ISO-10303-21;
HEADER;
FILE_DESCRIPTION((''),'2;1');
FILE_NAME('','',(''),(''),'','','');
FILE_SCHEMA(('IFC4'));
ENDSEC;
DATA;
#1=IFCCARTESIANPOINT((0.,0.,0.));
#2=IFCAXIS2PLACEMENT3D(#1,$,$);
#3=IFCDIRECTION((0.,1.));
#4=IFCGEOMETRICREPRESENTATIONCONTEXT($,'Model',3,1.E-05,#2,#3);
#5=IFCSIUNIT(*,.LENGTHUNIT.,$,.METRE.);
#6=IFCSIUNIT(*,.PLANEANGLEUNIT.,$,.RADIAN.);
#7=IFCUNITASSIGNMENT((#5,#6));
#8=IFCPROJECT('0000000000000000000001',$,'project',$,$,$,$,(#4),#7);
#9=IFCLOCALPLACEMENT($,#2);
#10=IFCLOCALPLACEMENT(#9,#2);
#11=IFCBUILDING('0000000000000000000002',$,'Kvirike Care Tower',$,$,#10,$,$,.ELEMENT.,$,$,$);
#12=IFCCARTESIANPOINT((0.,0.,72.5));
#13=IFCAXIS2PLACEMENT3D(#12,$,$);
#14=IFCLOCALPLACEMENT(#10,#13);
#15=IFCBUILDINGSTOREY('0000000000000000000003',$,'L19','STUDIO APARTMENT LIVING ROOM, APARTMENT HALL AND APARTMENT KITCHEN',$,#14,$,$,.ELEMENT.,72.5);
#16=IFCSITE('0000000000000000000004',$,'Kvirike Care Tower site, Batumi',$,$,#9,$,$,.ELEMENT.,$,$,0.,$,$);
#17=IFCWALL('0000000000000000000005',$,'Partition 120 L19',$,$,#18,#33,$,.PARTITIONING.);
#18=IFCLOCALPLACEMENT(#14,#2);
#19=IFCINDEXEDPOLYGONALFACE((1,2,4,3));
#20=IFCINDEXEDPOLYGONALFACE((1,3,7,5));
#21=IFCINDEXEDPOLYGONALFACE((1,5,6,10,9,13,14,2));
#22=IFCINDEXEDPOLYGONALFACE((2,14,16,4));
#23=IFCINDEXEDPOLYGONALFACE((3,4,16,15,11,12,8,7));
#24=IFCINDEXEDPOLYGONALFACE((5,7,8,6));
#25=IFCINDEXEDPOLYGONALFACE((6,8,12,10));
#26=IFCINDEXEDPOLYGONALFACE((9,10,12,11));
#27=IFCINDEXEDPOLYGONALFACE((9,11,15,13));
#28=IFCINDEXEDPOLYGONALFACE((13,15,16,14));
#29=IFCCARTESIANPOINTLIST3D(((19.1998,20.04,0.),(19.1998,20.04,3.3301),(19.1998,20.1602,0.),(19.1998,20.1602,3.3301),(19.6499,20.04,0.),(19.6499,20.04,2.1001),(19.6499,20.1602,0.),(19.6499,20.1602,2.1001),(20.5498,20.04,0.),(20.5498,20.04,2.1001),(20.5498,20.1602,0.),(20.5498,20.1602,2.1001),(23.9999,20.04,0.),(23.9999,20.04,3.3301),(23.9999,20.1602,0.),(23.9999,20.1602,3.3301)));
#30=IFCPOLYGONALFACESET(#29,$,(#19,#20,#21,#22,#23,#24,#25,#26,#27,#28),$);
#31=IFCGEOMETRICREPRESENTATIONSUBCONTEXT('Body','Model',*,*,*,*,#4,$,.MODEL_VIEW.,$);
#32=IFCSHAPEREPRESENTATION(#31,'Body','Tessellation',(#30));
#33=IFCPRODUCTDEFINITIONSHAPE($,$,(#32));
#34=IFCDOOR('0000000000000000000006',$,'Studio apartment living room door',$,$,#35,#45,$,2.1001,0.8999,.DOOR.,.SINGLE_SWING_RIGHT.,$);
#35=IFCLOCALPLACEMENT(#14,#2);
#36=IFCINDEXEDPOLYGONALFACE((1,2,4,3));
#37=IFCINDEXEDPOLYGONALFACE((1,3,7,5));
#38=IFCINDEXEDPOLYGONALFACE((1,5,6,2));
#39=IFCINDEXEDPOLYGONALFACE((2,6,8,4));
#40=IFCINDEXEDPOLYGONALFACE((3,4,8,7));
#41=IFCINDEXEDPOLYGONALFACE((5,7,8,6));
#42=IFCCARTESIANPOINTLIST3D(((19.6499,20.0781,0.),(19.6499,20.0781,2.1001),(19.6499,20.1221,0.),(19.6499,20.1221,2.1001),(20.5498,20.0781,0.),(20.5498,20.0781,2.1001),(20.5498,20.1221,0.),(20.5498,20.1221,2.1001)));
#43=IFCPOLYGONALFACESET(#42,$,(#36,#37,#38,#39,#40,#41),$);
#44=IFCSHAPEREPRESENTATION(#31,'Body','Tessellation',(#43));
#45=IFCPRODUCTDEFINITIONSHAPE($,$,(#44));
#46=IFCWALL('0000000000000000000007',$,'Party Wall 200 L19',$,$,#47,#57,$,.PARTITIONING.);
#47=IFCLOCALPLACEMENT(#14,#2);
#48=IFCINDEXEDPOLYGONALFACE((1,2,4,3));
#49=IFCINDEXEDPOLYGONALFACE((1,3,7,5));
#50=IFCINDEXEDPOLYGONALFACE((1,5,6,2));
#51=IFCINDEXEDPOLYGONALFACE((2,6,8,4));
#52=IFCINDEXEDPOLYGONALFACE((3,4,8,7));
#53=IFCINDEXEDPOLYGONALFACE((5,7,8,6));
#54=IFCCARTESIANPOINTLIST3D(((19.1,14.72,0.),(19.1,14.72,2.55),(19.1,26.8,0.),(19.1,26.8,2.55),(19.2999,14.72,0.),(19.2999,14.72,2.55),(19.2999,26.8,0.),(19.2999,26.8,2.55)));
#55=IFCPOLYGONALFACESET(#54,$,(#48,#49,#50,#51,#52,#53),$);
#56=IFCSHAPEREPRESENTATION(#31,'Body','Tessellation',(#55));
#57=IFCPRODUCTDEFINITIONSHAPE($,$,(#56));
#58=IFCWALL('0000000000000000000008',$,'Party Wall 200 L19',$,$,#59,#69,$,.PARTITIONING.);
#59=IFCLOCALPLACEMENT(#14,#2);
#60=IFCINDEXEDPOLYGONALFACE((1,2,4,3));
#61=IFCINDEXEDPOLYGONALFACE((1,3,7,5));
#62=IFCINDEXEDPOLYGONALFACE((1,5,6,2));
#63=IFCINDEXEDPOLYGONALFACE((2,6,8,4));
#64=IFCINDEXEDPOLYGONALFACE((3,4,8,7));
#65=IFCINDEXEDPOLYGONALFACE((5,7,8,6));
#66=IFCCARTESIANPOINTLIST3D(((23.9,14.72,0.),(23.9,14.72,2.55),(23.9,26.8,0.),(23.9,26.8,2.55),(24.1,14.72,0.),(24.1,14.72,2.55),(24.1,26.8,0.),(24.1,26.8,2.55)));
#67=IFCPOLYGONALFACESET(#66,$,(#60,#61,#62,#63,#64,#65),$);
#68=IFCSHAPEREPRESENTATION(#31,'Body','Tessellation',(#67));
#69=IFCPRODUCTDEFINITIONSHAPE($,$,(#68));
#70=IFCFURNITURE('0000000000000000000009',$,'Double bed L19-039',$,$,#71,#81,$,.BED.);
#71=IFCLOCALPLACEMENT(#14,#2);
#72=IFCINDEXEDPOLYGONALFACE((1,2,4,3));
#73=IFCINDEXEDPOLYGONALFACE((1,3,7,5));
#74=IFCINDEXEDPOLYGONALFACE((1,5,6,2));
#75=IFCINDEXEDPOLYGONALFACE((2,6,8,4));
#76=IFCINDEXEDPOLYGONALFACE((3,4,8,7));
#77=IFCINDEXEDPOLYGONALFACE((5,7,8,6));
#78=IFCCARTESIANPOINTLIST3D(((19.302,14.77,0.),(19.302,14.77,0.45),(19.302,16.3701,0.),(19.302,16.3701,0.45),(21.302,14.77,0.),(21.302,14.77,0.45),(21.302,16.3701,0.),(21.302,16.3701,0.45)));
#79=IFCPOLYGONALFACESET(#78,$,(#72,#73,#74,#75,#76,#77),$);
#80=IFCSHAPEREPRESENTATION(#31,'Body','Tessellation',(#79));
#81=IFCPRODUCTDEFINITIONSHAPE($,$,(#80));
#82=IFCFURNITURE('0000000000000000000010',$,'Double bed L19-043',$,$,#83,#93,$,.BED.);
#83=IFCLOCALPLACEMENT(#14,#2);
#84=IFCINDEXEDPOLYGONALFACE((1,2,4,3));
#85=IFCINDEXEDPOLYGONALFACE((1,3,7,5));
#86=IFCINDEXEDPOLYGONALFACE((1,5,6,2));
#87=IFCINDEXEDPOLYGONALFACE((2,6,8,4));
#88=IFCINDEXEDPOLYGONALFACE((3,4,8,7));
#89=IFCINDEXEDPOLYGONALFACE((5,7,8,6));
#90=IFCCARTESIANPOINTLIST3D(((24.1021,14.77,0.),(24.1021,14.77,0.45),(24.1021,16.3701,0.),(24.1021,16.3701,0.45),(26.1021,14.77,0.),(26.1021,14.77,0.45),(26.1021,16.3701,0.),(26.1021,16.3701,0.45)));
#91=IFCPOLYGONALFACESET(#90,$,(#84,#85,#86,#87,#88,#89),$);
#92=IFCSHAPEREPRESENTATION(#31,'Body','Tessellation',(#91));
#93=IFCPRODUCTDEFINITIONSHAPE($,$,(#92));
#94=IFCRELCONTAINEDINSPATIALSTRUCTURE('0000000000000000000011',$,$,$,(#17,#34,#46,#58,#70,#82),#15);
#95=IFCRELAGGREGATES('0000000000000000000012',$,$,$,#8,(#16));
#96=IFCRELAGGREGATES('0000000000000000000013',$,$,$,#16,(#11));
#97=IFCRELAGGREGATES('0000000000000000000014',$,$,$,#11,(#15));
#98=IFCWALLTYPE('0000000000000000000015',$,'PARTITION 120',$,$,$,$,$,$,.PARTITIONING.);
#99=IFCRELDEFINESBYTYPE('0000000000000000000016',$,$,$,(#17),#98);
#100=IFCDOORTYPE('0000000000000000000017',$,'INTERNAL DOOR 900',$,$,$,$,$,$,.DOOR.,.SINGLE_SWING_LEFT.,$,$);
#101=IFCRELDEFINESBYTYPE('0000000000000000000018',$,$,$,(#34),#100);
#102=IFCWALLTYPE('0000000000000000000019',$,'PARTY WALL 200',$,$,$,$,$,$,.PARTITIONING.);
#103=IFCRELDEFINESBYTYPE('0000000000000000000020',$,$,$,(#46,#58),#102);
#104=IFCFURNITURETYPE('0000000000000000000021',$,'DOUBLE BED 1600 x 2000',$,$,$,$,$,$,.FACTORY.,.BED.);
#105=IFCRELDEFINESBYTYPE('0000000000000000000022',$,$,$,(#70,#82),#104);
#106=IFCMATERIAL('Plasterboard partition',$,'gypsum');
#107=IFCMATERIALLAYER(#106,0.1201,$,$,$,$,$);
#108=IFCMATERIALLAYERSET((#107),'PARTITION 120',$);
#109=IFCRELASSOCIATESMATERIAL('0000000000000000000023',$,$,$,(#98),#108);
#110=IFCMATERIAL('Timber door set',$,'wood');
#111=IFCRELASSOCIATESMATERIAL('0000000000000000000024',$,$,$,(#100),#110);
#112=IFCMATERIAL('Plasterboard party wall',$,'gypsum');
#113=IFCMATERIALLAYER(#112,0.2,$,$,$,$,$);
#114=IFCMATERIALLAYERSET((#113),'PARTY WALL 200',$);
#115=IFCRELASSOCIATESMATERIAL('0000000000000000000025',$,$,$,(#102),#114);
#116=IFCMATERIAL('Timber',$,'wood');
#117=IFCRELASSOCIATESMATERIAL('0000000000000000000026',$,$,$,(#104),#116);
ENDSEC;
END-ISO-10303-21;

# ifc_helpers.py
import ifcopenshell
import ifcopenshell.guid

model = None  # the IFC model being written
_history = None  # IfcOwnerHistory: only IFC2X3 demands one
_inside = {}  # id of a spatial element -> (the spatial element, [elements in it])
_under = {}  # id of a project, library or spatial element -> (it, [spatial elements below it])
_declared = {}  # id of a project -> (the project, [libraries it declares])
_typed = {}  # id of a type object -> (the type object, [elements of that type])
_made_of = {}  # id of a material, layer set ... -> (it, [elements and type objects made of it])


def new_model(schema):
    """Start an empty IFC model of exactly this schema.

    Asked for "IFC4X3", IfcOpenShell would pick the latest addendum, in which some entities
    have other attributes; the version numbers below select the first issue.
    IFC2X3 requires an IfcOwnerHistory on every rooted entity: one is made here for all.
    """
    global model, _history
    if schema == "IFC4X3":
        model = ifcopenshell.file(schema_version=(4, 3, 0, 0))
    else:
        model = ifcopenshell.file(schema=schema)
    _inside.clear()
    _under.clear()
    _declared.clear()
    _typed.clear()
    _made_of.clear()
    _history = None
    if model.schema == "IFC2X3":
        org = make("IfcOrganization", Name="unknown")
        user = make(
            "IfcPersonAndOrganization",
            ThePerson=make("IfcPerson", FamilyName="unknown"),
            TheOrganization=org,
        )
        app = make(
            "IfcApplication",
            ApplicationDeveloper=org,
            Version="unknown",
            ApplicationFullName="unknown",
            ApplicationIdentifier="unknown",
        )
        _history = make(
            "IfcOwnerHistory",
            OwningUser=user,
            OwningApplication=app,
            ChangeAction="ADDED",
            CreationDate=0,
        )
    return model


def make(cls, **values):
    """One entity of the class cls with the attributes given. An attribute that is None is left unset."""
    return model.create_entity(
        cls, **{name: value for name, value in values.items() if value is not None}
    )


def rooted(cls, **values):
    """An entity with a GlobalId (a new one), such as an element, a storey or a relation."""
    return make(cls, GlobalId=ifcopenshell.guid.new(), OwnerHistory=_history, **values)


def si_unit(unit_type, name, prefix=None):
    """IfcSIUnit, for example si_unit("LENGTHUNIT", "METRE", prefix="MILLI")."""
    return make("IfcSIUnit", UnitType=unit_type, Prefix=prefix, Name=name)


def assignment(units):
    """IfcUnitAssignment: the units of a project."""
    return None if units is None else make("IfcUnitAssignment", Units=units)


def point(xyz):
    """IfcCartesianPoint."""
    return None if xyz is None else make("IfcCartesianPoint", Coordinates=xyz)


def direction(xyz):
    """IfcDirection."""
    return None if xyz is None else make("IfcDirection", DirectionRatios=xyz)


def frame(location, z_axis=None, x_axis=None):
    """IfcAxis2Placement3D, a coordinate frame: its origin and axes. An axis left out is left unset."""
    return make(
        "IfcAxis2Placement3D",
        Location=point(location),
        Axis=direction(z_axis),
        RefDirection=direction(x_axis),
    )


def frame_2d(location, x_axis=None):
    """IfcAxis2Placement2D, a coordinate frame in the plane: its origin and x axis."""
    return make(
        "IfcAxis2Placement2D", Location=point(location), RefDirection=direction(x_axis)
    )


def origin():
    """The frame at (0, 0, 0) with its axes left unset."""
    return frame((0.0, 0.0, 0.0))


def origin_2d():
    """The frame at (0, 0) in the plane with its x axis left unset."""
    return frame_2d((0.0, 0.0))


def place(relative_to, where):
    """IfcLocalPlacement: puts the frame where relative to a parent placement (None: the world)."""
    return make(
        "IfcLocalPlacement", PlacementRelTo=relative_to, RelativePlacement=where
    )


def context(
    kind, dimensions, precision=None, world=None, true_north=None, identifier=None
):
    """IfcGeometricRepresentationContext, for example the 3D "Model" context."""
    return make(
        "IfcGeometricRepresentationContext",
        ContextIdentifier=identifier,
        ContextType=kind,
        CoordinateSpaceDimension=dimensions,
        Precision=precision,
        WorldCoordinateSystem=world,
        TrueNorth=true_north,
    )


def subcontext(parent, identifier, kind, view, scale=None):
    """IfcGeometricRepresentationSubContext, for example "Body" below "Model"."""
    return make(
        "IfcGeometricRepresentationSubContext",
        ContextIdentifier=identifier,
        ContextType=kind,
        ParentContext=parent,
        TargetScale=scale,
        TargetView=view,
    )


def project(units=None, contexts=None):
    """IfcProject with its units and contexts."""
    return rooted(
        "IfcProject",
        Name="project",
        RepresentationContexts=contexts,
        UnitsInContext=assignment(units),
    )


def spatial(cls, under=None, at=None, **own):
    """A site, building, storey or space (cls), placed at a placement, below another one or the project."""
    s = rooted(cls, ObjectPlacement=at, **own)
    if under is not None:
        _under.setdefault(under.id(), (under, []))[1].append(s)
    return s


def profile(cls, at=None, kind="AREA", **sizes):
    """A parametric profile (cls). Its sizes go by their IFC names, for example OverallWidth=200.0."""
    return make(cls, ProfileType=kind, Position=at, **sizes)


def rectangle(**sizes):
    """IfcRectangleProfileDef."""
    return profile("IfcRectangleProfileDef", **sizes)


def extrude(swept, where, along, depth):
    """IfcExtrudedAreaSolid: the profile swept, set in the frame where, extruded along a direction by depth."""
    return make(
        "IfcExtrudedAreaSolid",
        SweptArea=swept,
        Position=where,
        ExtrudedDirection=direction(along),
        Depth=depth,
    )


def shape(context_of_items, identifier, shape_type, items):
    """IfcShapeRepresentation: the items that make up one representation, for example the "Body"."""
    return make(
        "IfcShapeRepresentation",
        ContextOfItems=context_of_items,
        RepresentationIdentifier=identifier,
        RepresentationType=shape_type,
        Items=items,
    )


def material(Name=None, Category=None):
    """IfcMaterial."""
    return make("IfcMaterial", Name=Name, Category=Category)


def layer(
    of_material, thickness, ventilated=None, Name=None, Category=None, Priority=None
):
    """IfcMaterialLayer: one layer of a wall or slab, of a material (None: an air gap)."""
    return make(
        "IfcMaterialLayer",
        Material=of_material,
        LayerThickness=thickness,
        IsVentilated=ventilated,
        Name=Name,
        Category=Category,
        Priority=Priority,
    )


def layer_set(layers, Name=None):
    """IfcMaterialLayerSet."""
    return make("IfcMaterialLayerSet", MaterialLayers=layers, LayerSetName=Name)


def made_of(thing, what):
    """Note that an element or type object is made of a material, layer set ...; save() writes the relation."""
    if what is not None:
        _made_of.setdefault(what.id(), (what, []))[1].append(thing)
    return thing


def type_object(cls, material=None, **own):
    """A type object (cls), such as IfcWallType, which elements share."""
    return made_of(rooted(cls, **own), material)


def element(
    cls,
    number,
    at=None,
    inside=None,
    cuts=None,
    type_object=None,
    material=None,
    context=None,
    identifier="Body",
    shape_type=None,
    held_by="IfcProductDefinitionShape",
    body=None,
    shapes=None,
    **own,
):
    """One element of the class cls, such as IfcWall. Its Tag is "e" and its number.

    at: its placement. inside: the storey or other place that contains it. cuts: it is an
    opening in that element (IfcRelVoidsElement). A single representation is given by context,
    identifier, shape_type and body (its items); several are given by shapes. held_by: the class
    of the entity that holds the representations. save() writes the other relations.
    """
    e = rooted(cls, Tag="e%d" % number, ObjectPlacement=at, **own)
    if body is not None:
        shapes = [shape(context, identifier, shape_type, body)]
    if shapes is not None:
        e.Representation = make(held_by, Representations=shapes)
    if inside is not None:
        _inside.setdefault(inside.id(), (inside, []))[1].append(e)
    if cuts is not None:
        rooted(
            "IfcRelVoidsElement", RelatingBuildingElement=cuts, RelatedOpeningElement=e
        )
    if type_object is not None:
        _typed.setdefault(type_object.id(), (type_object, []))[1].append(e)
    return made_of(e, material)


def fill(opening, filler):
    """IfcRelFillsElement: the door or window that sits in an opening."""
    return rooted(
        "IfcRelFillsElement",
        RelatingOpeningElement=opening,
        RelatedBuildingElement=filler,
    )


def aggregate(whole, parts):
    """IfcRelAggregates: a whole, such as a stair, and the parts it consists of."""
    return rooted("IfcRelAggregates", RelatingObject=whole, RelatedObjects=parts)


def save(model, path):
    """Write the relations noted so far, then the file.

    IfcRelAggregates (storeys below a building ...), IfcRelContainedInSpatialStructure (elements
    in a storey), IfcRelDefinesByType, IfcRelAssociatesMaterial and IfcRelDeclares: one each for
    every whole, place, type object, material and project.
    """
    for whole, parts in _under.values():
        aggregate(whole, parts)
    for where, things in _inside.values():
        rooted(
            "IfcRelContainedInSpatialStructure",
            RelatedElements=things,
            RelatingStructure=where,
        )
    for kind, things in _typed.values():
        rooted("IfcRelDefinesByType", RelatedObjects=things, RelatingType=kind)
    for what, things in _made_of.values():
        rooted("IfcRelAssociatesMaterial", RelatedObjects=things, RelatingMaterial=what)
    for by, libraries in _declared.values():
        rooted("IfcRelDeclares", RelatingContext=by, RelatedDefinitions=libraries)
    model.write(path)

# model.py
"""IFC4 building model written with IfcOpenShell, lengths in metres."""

from ifc_helpers import new_model, si_unit, direction, frame, frame_2d, origin, origin_2d, place, context, subcontext, project, spatial, rectangle, extrude, material, layer, layer_set, type_object, element, fill, save


model = new_model("IFC4")

# Units and contexts
model_context = context("Model", 3, precision=1e-05, world=origin(), true_north=direction((0.0, 1.0)))
body_context = subcontext(model_context, "Body", "Model", "MODEL_VIEW")
ifc_project = project(units=[si_unit("LENGTHUNIT", "METRE"), si_unit("PLANEANGLEUNIT", "RADIAN")], contexts=[model_context])

# Site, building, storey
site_placement = place(None, origin())
site = spatial("IfcSite", under=ifc_project, at=site_placement, Name="Kvirike Care Tower site, Batumi", CompositionType="ELEMENT", RefElevation=0.0)
building_placement = place(site_placement, origin())
building = spatial("IfcBuilding", under=site, at=building_placement, Name="Kvirike Care Tower", CompositionType="ELEMENT")
storey_placement = place(building_placement, frame((0.0, 0.0, 72.5)))
storey = spatial("IfcBuildingStorey", under=building, at=storey_placement, Name="L19", Description="STUDIO APARTMENT LIVING ROOM, APARTMENT HALL AND APARTMENT KITCHEN", CompositionType="ELEMENT", Elevation=72.5)

# Wall, opening, door
ifc_material_1 = material(Name="Plasterboard partition", Category="gypsum")
ifc_layer_1 = layer(ifc_material_1, 0.1201)
ifc_layer_set_1 = layer_set([ifc_layer_1], Name="PARTITION 120")
wall_type_1 = type_object("IfcWallType", Name="PARTITION 120", PredefinedType="PARTITIONING", material=ifc_layer_set_1)
wall_1_placement = place(storey_placement, frame((19.2, 20.1001, 0.0), z_axis=(0.0, 0.0, 1.0), x_axis=(1.0, 0.0, 0.0)))
wall_1 = element("IfcWall", 1, at=wall_1_placement, inside=storey, type_object=wall_type_1, Name="Partition 120 L19", PredefinedType="PARTITIONING", context=body_context, shape_type="SweptSolid", body=[
    extrude(rectangle(XDim=4.8, YDim=0.1201, at=frame_2d((2.3999, 0.0))), origin(), (0.0, 0.0, 1.0), 3.3301),
])
opening_placement = place(wall_1_placement, frame((0.45, 0.0, 0.0)))
opening = element("IfcOpeningElement", 2, at=opening_placement, cuts=wall_1, PredefinedType="OPENING", context=body_context, shape_type="SweptSolid", body=[
    extrude(rectangle(XDim=0.8999, YDim=2.1001, at=frame_2d((0.45, 1.05))), frame((0.0, 0.0706, 0.0), z_axis=(0.0, -1.0, 0.0), x_axis=(1.0, 0.0, 0.0)), (0.0, 0.0, 1.0), 0.1411),
])
ifc_material_2 = material(Name="Timber door set", Category="wood")
door_type = type_object("IfcDoorType", Name="INTERNAL DOOR 900", OperationType="SINGLE_SWING_LEFT", PredefinedType="DOOR", material=ifc_material_2)
door_placement = place(opening_placement, origin())
door = element("IfcDoor", 3, at=door_placement, inside=storey, type_object=door_type, Name="Studio apartment living room door", OperationType="SINGLE_SWING_RIGHT", OverallHeight=2.1001, OverallWidth=0.8999, PredefinedType="DOOR", context=body_context, shape_type="SweptSolid", body=[
    extrude(rectangle(XDim=0.8999, YDim=2.1001, at=frame_2d((0.45, 1.05))), frame((0.0, 0.022, 0.0), z_axis=(0.0, -1.0, 0.0), x_axis=(1.0, 0.0, 0.0)), (0.0, 0.0, 1.0), 0.0439),
])
fill(opening, door)

# Walls
ifc_material_3 = material(Name="Plasterboard party wall", Category="gypsum")
ifc_layer_2 = layer(ifc_material_3, 0.2)
ifc_layer_set_2 = layer_set([ifc_layer_2], Name="PARTY WALL 200")
wall_type_2 = type_object("IfcWallType", Name="PARTY WALL 200", PredefinedType="PARTITIONING", material=ifc_layer_set_2)
for number, where, z_axis, x_axis, name in (
    (4, (19.2, 14.72, 0.0), (0.0, 0.0, 1.0), (0.0, 1.0, 0.0), "Party Wall 200 L19"),
    (5, (24.0, 14.72, 0.0), (0.0, 0.0, 1.0), (0.0, 1.0, 0.0), "Party Wall 200 L19"),
):
    element("IfcWall", number, at=place(storey_placement, frame(where, z_axis=z_axis, x_axis=x_axis)), inside=storey, type_object=wall_type_2, Name=name, PredefinedType="PARTITIONING", context=body_context, shape_type="SweptSolid", body=[
        extrude(rectangle(XDim=12.0801, YDim=0.2, at=frame_2d((6.04, 0.0))), origin(), (0.0, 0.0, 1.0), 2.55),
    ])

# Furniture
ifc_material_4 = material(Name="Timber", Category="wood")
furniture_type = type_object("IfcFurnitureType", Name="DOUBLE BED 1600 x 2000", AssemblyPlace="FACTORY", PredefinedType="BED", material=ifc_material_4)
for number, where, z_axis, x_axis, name in (
    (6, (20.302, 15.5701, 0.0), (0.0, 0.0, 1.0), (0.0, 1.0, 0.0), "Double bed L19-039"),
    (7, (25.1021, 15.5701, 0.0), (0.0, 0.0, 1.0), (0.0, 1.0, 0.0), "Double bed L19-043"),
):
    element("IfcFurniture", number, at=place(storey_placement, frame(where, z_axis=z_axis, x_axis=x_axis)), inside=storey, type_object=furniture_type, Name=name, PredefinedType="BED", context=body_context, shape_type="SweptSolid", body=[
        extrude(rectangle(XDim=1.6001, YDim=2.0, at=origin_2d()), origin(), (0.0, 0.0, 1.0), 0.45),
    ])

save(model, "model.ifc")
